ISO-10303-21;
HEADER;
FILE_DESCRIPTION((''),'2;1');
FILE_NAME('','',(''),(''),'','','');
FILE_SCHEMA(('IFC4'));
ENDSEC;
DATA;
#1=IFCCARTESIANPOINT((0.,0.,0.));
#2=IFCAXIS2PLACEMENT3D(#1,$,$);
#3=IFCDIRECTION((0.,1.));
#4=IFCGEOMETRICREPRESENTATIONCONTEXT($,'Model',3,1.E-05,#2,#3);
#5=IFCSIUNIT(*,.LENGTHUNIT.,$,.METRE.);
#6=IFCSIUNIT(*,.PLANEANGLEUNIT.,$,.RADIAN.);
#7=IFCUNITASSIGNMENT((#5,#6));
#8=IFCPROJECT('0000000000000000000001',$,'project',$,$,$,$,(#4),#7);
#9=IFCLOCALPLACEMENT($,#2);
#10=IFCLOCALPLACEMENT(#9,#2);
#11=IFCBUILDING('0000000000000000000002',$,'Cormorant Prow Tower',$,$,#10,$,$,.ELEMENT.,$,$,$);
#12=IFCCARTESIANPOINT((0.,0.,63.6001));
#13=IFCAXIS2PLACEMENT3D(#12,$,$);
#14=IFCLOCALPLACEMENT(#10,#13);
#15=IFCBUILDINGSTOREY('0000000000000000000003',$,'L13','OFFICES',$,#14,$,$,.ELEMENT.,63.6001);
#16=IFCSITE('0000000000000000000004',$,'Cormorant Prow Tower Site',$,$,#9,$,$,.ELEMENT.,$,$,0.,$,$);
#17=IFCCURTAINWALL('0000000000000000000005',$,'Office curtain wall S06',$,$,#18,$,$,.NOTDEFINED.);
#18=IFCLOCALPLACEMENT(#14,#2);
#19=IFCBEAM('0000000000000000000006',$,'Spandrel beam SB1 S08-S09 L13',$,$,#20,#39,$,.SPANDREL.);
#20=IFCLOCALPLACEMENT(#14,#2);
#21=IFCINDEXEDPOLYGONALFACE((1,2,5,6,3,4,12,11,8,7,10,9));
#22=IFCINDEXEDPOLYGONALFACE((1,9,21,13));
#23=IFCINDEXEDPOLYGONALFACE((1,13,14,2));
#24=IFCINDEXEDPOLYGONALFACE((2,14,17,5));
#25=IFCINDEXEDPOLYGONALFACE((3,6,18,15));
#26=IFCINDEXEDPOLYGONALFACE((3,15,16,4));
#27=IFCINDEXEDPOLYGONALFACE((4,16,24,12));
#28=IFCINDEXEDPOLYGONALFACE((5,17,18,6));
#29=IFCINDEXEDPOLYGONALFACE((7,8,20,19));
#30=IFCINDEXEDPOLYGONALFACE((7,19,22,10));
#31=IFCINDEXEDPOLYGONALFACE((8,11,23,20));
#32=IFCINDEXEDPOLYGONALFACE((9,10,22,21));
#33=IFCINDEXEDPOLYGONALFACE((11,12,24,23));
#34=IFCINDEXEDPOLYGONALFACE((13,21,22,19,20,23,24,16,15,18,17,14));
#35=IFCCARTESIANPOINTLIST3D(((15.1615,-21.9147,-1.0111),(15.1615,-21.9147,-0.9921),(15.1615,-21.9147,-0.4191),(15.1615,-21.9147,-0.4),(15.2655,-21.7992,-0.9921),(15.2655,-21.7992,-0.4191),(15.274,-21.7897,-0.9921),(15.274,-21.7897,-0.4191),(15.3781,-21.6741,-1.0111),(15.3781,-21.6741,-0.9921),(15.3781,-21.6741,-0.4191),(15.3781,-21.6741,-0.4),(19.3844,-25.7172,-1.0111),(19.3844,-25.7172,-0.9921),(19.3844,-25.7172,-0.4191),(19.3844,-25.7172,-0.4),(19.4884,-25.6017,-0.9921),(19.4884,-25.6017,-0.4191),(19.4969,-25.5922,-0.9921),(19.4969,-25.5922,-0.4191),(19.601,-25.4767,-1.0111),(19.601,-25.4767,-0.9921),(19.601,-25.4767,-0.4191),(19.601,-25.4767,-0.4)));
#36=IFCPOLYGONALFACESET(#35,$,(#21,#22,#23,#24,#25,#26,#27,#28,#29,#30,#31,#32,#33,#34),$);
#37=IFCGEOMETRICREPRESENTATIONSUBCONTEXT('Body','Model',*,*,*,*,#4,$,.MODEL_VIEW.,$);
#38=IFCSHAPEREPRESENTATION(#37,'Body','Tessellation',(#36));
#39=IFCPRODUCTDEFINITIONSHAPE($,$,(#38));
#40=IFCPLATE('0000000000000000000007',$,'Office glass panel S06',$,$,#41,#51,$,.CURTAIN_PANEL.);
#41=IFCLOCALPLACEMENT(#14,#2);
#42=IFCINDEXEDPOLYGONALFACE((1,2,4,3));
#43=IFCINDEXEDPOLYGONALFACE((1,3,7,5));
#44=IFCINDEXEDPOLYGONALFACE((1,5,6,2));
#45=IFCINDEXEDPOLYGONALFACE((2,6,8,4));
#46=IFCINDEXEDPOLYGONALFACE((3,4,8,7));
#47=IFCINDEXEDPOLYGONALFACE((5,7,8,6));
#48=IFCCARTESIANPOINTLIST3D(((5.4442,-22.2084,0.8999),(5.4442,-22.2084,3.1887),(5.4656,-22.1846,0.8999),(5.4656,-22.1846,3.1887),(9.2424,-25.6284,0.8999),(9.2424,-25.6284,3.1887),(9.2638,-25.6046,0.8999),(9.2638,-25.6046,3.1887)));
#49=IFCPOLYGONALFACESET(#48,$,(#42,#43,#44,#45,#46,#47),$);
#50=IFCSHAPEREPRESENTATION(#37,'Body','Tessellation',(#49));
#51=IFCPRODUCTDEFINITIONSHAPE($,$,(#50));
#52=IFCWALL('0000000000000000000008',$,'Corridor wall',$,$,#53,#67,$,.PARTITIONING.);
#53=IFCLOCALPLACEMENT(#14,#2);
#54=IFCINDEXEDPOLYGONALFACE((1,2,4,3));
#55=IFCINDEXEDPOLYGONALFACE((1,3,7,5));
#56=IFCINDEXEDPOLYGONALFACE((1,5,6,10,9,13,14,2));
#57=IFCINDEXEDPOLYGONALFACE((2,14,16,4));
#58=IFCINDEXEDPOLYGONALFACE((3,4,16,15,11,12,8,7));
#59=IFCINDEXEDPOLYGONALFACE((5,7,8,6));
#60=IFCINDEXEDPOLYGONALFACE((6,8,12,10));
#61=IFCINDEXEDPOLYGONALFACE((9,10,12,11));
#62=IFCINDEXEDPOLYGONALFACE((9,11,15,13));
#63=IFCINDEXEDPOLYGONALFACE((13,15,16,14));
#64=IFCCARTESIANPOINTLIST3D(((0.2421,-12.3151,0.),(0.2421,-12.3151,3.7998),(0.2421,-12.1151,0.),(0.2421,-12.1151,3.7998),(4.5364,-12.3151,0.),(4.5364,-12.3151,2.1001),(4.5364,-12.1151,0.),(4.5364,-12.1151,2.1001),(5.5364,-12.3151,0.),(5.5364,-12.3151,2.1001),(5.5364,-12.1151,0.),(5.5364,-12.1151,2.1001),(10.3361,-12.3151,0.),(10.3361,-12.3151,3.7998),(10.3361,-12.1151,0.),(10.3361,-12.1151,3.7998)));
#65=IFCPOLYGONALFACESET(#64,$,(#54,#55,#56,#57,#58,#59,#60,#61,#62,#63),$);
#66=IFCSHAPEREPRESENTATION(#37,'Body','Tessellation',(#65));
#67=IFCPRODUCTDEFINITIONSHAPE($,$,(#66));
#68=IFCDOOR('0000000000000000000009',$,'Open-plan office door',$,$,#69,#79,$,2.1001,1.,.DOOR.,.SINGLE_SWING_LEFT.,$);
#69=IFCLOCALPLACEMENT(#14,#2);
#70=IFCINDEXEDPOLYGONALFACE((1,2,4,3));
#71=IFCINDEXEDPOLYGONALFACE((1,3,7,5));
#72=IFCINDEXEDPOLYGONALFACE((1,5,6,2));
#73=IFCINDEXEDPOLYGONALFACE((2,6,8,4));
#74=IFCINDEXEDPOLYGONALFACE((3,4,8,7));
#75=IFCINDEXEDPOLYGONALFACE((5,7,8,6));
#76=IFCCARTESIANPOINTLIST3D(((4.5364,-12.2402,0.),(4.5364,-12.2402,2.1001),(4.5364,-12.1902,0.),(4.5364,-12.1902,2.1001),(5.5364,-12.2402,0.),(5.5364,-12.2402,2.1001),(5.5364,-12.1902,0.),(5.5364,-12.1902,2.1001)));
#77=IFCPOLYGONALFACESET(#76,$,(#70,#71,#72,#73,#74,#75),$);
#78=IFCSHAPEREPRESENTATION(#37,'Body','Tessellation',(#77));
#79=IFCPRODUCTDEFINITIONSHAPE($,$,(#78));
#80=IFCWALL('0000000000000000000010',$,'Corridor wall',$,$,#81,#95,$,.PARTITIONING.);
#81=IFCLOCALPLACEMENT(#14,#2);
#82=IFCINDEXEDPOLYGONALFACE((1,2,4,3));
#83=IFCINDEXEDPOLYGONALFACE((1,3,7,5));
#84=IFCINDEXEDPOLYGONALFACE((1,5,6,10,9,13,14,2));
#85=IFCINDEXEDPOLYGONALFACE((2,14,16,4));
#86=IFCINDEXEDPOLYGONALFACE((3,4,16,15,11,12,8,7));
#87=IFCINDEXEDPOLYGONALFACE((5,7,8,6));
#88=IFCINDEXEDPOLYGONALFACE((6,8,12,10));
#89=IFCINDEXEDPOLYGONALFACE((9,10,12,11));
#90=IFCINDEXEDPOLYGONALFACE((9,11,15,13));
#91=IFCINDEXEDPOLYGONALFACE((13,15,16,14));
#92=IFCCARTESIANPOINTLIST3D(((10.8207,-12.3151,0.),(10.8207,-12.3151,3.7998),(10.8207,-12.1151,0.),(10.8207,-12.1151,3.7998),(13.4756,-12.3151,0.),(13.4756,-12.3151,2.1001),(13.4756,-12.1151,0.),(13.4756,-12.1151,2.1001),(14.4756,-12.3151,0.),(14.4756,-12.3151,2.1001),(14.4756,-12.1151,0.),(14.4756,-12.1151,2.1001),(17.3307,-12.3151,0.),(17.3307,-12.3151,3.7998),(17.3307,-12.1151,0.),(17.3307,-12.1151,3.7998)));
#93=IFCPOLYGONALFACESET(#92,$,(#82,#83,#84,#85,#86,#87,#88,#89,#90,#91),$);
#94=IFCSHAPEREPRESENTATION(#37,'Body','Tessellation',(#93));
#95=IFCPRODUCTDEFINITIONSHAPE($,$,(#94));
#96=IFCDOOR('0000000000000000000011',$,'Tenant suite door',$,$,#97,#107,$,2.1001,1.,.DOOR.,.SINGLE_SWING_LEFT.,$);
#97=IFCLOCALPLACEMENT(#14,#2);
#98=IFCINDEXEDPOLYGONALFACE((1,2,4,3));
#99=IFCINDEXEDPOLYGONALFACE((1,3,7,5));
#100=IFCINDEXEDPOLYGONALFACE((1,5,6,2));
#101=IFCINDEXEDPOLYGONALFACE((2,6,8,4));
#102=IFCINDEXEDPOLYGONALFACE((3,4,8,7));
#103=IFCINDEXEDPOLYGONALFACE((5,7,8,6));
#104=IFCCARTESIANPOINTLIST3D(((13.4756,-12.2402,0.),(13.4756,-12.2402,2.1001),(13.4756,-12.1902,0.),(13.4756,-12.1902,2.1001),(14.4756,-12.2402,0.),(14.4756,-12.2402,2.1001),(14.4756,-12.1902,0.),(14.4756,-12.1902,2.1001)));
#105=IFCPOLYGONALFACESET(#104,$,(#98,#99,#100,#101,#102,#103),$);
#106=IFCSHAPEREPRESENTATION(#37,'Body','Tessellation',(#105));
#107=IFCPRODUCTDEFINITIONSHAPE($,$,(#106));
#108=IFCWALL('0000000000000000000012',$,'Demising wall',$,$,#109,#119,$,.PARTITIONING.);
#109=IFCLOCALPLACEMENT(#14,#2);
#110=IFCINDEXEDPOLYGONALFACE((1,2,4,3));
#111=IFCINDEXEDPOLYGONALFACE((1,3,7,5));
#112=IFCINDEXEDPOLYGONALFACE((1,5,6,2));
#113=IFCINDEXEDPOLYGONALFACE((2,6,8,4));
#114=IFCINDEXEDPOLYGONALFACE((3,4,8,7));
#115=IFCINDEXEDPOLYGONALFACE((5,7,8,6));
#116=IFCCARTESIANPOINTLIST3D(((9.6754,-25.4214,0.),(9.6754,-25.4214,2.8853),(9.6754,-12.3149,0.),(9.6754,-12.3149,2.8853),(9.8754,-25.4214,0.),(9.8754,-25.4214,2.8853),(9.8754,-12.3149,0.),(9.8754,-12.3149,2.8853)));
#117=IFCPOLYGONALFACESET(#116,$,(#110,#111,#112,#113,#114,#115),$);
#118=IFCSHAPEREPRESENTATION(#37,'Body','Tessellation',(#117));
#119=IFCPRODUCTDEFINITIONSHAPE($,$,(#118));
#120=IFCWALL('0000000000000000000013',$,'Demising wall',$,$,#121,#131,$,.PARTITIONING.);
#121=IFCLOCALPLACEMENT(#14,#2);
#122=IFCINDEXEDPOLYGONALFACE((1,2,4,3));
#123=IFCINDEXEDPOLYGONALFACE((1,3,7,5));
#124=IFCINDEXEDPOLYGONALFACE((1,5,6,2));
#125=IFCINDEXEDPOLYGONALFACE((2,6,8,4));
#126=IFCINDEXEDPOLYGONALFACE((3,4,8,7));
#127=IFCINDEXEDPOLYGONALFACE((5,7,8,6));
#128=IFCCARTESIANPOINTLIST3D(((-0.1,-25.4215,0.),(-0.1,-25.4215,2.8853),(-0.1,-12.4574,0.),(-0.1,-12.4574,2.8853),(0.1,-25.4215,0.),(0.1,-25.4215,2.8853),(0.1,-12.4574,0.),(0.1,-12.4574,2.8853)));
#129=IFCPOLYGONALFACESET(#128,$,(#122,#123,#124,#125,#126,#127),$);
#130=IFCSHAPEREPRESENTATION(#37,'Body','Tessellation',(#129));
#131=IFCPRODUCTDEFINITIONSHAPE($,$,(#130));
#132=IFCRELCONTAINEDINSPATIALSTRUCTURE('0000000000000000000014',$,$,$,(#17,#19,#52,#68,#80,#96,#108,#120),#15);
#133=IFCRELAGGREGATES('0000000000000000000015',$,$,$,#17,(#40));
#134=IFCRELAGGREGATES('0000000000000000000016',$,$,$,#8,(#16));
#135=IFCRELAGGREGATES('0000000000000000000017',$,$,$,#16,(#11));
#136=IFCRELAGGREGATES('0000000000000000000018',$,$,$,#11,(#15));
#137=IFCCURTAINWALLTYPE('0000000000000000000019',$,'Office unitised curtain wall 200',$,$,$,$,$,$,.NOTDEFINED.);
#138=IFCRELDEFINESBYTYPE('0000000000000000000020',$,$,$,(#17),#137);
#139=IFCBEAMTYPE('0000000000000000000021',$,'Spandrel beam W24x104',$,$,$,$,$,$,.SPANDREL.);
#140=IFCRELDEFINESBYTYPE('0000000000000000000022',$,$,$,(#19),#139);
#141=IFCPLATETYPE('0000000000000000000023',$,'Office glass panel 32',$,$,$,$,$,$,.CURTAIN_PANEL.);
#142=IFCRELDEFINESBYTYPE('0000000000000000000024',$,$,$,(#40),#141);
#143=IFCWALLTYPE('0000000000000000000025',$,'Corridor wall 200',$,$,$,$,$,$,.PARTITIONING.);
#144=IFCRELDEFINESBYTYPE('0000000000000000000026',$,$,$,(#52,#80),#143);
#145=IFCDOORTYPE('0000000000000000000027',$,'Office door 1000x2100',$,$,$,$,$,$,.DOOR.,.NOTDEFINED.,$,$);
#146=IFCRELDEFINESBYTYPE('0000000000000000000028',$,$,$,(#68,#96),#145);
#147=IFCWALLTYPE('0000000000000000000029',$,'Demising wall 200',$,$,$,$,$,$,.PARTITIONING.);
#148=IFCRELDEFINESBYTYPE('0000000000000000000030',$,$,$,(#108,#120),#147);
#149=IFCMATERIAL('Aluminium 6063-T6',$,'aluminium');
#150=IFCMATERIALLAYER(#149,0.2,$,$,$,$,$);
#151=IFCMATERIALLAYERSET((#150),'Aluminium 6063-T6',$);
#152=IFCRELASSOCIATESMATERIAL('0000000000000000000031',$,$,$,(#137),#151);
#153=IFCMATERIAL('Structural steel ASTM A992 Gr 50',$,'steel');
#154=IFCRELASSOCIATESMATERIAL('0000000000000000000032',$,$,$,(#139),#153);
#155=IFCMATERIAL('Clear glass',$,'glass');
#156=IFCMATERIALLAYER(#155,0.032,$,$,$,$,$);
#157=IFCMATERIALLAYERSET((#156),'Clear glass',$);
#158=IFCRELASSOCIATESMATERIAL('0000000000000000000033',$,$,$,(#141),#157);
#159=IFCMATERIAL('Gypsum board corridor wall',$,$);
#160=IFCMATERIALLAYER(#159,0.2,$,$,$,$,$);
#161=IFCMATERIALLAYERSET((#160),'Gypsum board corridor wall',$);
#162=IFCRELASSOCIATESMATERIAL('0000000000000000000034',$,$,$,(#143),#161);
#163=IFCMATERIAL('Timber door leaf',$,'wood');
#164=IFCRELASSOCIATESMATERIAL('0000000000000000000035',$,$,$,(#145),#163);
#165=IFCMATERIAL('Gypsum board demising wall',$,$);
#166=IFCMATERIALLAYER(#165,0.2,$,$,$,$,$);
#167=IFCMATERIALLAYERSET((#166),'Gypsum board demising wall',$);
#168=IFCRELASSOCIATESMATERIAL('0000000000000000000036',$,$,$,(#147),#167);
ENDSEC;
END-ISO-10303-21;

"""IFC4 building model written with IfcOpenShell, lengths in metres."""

from ifc_helpers import new_model, si_unit, direction, frame, frame_2d, origin, origin_2d, place, context, subcontext, project, spatial, rectangle, i_section, extrude, material, layer, layer_set, material_profile, profile_set, type_object, element, fill, aggregate, save


model = new_model("IFC4")

# Units and contexts
model_context = context("Model", 3, precision=1e-05, world=origin(), true_north=direction((0.0, 1.0)))
body_context = subcontext(model_context, "Body", "Model", "MODEL_VIEW")
ifc_project = project(units=[si_unit("LENGTHUNIT", "METRE"), si_unit("PLANEANGLEUNIT", "RADIAN")], contexts=[model_context])

# Site, building, storey
site_placement = place(None, origin())
site = spatial("IfcSite", under=ifc_project, at=site_placement, Name="Cormorant Prow Tower Site", CompositionType="ELEMENT", RefElevation=0.0)
building_placement = place(site_placement, origin())
building = spatial("IfcBuilding", under=site, at=building_placement, Name="Cormorant Prow Tower", CompositionType="ELEMENT")
storey_placement = place(building_placement, frame((0.0, 0.0, 63.6001)))
storey = spatial("IfcBuildingStorey", under=building, at=storey_placement, Name="L13", Description="OFFICES", CompositionType="ELEMENT", Elevation=63.6001)

# Curtain wall
ifc_material_1 = material(Name="Aluminium 6063-T6", Category="aluminium")
ifc_layer_1 = layer(ifc_material_1, 0.2)
ifc_layer_set_1 = layer_set([ifc_layer_1], Name="Aluminium 6063-T6")
curtain_wall_type = type_object("IfcCurtainWallType", Name="Office unitised curtain wall 200", PredefinedType="NOTDEFINED", material=ifc_layer_set_1)
curtain_wall_1_placement = place(storey_placement, origin())
curtain_wall_1 = element("IfcCurtainWall", 1, at=curtain_wall_1_placement, inside=storey, type_object=curtain_wall_type, Name="Office curtain wall S06", PredefinedType="NOTDEFINED")

# Beam
ifc_material_2 = material(Name="Structural steel ASTM A992 Gr 50", Category="steel")
ifc_material_profile_1 = material_profile(ifc_material_2, i_section(OverallWidth=0.3237, OverallDepth=0.6111, WebThickness=0.0127, FlangeThickness=0.019, at=origin_2d()), Name="W24x104")
ifc_profile_set_1 = profile_set([ifc_material_profile_1], Name="Structural steel ASTM A992 Gr 50")
beam_type_1 = type_object("IfcBeamType", Name="Spandrel beam W24x104", PredefinedType="SPANDREL", material=ifc_profile_set_1)
for number, where, z_axis, x_axis, name in (
    (2, (15.2698, -21.7944, -0.7056), (0.74313, -0.669147, 0.0), (0.669147, 0.74313, 0.0), "Spandrel beam SB1 S08-S09 L13"),
):
    element("IfcBeam", number, at=place(storey_placement, frame(where, z_axis=z_axis, x_axis=x_axis)), inside=storey, type_object=beam_type_1, Name=name, PredefinedType="SPANDREL", context=body_context, shape_type="SweptSolid", body=[
        extrude(i_section(OverallWidth=0.3237, OverallDepth=0.6111, WebThickness=0.0127, FlangeThickness=0.019, at=origin_2d()), origin(), (0.0, 0.0, 1.0), 5.6826),
    ])

# Plate
ifc_material_3 = material(Name="Clear glass", Category="glass")
ifc_layer_2 = layer(ifc_material_3, 0.032)
ifc_layer_set_2 = layer_set([ifc_layer_2], Name="Clear glass")
plate_type = type_object("IfcPlateType", Name="Office glass panel 32", PredefinedType="CURTAIN_PANEL", material=ifc_layer_set_2)
plate_placement = place(storey_placement, frame((7.354, -23.9065, 0.8999), z_axis=(0.0, 0.0, 1.0), x_axis=(0.743145, -0.669131, 0.0)))
plate = element("IfcPlate", 3, at=plate_placement, type_object=plate_type, Name="Office glass panel S06", PredefinedType="CURTAIN_PANEL", context=body_context, shape_type="SweptSolid", body=[
    extrude(rectangle(XDim=5.1111, YDim=0.032, at=origin_2d()), origin(), (0.0, 0.0, 1.0), 2.2888),
])
aggregate(curtain_wall_1, [plate])

# Walls, openings, doors
ifc_material_4 = material(Name="Gypsum board corridor wall")
ifc_layer_3 = layer(ifc_material_4, 0.2)
ifc_layer_set_3 = layer_set([ifc_layer_3], Name="Gypsum board corridor wall")
wall_type_1 = type_object("IfcWallType", Name="Corridor wall 200", PredefinedType="PARTITIONING", material=ifc_layer_set_3)
wall_1_placement = place(storey_placement, frame((0.2422, -12.2151, 0.0), z_axis=(0.0, 0.0, 1.0), x_axis=(1.0, 0.0, 0.0)))
wall_1 = element("IfcWall", 4, at=wall_1_placement, inside=storey, type_object=wall_type_1, Name="Corridor wall", PredefinedType="PARTITIONING", context=body_context, shape_type="SweptSolid", body=[
    extrude(rectangle(XDim=10.094, YDim=0.2, at=frame_2d((5.0469, 0.0))), origin(), (0.0, 0.0, 1.0), 3.7998),
])
opening_1_placement = place(wall_1_placement, frame((4.2942, 0.0, 0.0)))
opening_1 = element("IfcOpeningElement", 5, at=opening_1_placement, cuts=wall_1, PredefinedType="OPENING", context=body_context, shape_type="SweptSolid", body=[
    extrude(rectangle(XDim=1.0, YDim=2.1001, at=frame_2d((0.5, 1.05))), frame((0.0, 0.1099, 0.0), z_axis=(0.0, -1.0, 0.0), x_axis=(1.0, 0.0, 0.0)), (0.0, 0.0, 1.0), 0.22),
])
ifc_material_5 = material(Name="Timber door leaf", Category="wood")
door_type_1 = type_object("IfcDoorType", Name="Office door 1000x2100", OperationType="NOTDEFINED", PredefinedType="DOOR", material=ifc_material_5)
door_1_placement = place(opening_1_placement, origin())
door_1 = element("IfcDoor", 6, at=door_1_placement, inside=storey, type_object=door_type_1, Name="Open-plan office door", OperationType="SINGLE_SWING_LEFT", OverallHeight=2.1001, OverallWidth=1.0, PredefinedType="DOOR", context=body_context, shape_type="SweptSolid", body=[
    extrude(rectangle(XDim=1.0, YDim=2.1001, at=frame_2d((0.5, 1.05))), frame((0.0, 0.0249, 0.0), z_axis=(0.0, -1.0, 0.0), x_axis=(1.0, 0.0, 0.0)), (0.0, 0.0, 1.0), 0.05),
])
fill(opening_1, door_1)
wall_2_placement = place(storey_placement, frame((10.8208, -12.2151, 0.0), z_axis=(0.0, 0.0, 1.0), x_axis=(1.0, 0.0, 0.0)))
wall_2 = element("IfcWall", 7, at=wall_2_placement, inside=storey, type_object=wall_type_1, Name="Corridor wall", PredefinedType="PARTITIONING", context=body_context, shape_type="SweptSolid", body=[
    extrude(rectangle(XDim=6.51, YDim=0.2, at=frame_2d((3.2549, 0.0))), origin(), (0.0, 0.0, 1.0), 3.7998),
])
opening_2_placement = place(wall_2_placement, frame((2.6548, 0.0, 0.0)))
opening_2 = element("IfcOpeningElement", 8, at=opening_2_placement, cuts=wall_2, PredefinedType="OPENING", context=body_context, shape_type="SweptSolid", body=[
    extrude(rectangle(XDim=1.0, YDim=2.1001, at=frame_2d((0.5, 1.05))), frame((0.0, 0.1099, 0.0), z_axis=(0.0, -1.0, 0.0), x_axis=(1.0, 0.0, 0.0)), (0.0, 0.0, 1.0), 0.22),
])
door_2_placement = place(opening_2_placement, origin())
door_2 = element("IfcDoor", 9, at=door_2_placement, inside=storey, type_object=door_type_1, Name="Tenant suite door", OperationType="SINGLE_SWING_LEFT", OverallHeight=2.1001, OverallWidth=1.0, PredefinedType="DOOR", context=body_context, shape_type="SweptSolid", body=[
    extrude(rectangle(XDim=1.0, YDim=2.1001, at=frame_2d((0.5, 1.05))), frame((0.0, 0.0249, 0.0), z_axis=(0.0, -1.0, 0.0), x_axis=(1.0, 0.0, 0.0)), (0.0, 0.0, 1.0), 0.05),
])
fill(opening_2, door_2)

# Walls
ifc_material_6 = material(Name="Gypsum board demising wall")
ifc_layer_4 = layer(ifc_material_6, 0.2)
ifc_layer_set_4 = layer_set([ifc_layer_4], Name="Gypsum board demising wall")
wall_type_2 = type_object("IfcWallType", Name="Demising wall 200", PredefinedType="PARTITIONING", material=ifc_layer_set_4)
wall_3_placement = place(storey_placement, frame((9.7754, -25.4214, 0.0), z_axis=(0.0, 0.0, 1.0), x_axis=(0.0, 1.0, 0.0)))
element("IfcWall", 10, at=wall_3_placement, inside=storey, type_object=wall_type_2, Name="Demising wall", PredefinedType="PARTITIONING", context=body_context, shape_type="SweptSolid", body=[
    extrude(rectangle(XDim=13.1064, YDim=0.2, at=frame_2d((6.5532, 0.0))), origin(), (0.0, 0.0, 1.0), 2.8853),
])
wall_4_placement = place(storey_placement, frame((0.0, -25.4214, 0.0), z_axis=(0.0, 0.0, 1.0), x_axis=(0.0, 1.0, 0.0)))
element("IfcWall", 11, at=wall_4_placement, inside=storey, type_object=wall_type_2, Name="Demising wall", PredefinedType="PARTITIONING", context=body_context, shape_type="SweptSolid", body=[
    extrude(rectangle(XDim=12.9641, YDim=0.2, at=frame_2d((6.4819, 0.0))), origin(), (0.0, 0.0, 1.0), 2.8853),
])

save(model, "model.ifc")
